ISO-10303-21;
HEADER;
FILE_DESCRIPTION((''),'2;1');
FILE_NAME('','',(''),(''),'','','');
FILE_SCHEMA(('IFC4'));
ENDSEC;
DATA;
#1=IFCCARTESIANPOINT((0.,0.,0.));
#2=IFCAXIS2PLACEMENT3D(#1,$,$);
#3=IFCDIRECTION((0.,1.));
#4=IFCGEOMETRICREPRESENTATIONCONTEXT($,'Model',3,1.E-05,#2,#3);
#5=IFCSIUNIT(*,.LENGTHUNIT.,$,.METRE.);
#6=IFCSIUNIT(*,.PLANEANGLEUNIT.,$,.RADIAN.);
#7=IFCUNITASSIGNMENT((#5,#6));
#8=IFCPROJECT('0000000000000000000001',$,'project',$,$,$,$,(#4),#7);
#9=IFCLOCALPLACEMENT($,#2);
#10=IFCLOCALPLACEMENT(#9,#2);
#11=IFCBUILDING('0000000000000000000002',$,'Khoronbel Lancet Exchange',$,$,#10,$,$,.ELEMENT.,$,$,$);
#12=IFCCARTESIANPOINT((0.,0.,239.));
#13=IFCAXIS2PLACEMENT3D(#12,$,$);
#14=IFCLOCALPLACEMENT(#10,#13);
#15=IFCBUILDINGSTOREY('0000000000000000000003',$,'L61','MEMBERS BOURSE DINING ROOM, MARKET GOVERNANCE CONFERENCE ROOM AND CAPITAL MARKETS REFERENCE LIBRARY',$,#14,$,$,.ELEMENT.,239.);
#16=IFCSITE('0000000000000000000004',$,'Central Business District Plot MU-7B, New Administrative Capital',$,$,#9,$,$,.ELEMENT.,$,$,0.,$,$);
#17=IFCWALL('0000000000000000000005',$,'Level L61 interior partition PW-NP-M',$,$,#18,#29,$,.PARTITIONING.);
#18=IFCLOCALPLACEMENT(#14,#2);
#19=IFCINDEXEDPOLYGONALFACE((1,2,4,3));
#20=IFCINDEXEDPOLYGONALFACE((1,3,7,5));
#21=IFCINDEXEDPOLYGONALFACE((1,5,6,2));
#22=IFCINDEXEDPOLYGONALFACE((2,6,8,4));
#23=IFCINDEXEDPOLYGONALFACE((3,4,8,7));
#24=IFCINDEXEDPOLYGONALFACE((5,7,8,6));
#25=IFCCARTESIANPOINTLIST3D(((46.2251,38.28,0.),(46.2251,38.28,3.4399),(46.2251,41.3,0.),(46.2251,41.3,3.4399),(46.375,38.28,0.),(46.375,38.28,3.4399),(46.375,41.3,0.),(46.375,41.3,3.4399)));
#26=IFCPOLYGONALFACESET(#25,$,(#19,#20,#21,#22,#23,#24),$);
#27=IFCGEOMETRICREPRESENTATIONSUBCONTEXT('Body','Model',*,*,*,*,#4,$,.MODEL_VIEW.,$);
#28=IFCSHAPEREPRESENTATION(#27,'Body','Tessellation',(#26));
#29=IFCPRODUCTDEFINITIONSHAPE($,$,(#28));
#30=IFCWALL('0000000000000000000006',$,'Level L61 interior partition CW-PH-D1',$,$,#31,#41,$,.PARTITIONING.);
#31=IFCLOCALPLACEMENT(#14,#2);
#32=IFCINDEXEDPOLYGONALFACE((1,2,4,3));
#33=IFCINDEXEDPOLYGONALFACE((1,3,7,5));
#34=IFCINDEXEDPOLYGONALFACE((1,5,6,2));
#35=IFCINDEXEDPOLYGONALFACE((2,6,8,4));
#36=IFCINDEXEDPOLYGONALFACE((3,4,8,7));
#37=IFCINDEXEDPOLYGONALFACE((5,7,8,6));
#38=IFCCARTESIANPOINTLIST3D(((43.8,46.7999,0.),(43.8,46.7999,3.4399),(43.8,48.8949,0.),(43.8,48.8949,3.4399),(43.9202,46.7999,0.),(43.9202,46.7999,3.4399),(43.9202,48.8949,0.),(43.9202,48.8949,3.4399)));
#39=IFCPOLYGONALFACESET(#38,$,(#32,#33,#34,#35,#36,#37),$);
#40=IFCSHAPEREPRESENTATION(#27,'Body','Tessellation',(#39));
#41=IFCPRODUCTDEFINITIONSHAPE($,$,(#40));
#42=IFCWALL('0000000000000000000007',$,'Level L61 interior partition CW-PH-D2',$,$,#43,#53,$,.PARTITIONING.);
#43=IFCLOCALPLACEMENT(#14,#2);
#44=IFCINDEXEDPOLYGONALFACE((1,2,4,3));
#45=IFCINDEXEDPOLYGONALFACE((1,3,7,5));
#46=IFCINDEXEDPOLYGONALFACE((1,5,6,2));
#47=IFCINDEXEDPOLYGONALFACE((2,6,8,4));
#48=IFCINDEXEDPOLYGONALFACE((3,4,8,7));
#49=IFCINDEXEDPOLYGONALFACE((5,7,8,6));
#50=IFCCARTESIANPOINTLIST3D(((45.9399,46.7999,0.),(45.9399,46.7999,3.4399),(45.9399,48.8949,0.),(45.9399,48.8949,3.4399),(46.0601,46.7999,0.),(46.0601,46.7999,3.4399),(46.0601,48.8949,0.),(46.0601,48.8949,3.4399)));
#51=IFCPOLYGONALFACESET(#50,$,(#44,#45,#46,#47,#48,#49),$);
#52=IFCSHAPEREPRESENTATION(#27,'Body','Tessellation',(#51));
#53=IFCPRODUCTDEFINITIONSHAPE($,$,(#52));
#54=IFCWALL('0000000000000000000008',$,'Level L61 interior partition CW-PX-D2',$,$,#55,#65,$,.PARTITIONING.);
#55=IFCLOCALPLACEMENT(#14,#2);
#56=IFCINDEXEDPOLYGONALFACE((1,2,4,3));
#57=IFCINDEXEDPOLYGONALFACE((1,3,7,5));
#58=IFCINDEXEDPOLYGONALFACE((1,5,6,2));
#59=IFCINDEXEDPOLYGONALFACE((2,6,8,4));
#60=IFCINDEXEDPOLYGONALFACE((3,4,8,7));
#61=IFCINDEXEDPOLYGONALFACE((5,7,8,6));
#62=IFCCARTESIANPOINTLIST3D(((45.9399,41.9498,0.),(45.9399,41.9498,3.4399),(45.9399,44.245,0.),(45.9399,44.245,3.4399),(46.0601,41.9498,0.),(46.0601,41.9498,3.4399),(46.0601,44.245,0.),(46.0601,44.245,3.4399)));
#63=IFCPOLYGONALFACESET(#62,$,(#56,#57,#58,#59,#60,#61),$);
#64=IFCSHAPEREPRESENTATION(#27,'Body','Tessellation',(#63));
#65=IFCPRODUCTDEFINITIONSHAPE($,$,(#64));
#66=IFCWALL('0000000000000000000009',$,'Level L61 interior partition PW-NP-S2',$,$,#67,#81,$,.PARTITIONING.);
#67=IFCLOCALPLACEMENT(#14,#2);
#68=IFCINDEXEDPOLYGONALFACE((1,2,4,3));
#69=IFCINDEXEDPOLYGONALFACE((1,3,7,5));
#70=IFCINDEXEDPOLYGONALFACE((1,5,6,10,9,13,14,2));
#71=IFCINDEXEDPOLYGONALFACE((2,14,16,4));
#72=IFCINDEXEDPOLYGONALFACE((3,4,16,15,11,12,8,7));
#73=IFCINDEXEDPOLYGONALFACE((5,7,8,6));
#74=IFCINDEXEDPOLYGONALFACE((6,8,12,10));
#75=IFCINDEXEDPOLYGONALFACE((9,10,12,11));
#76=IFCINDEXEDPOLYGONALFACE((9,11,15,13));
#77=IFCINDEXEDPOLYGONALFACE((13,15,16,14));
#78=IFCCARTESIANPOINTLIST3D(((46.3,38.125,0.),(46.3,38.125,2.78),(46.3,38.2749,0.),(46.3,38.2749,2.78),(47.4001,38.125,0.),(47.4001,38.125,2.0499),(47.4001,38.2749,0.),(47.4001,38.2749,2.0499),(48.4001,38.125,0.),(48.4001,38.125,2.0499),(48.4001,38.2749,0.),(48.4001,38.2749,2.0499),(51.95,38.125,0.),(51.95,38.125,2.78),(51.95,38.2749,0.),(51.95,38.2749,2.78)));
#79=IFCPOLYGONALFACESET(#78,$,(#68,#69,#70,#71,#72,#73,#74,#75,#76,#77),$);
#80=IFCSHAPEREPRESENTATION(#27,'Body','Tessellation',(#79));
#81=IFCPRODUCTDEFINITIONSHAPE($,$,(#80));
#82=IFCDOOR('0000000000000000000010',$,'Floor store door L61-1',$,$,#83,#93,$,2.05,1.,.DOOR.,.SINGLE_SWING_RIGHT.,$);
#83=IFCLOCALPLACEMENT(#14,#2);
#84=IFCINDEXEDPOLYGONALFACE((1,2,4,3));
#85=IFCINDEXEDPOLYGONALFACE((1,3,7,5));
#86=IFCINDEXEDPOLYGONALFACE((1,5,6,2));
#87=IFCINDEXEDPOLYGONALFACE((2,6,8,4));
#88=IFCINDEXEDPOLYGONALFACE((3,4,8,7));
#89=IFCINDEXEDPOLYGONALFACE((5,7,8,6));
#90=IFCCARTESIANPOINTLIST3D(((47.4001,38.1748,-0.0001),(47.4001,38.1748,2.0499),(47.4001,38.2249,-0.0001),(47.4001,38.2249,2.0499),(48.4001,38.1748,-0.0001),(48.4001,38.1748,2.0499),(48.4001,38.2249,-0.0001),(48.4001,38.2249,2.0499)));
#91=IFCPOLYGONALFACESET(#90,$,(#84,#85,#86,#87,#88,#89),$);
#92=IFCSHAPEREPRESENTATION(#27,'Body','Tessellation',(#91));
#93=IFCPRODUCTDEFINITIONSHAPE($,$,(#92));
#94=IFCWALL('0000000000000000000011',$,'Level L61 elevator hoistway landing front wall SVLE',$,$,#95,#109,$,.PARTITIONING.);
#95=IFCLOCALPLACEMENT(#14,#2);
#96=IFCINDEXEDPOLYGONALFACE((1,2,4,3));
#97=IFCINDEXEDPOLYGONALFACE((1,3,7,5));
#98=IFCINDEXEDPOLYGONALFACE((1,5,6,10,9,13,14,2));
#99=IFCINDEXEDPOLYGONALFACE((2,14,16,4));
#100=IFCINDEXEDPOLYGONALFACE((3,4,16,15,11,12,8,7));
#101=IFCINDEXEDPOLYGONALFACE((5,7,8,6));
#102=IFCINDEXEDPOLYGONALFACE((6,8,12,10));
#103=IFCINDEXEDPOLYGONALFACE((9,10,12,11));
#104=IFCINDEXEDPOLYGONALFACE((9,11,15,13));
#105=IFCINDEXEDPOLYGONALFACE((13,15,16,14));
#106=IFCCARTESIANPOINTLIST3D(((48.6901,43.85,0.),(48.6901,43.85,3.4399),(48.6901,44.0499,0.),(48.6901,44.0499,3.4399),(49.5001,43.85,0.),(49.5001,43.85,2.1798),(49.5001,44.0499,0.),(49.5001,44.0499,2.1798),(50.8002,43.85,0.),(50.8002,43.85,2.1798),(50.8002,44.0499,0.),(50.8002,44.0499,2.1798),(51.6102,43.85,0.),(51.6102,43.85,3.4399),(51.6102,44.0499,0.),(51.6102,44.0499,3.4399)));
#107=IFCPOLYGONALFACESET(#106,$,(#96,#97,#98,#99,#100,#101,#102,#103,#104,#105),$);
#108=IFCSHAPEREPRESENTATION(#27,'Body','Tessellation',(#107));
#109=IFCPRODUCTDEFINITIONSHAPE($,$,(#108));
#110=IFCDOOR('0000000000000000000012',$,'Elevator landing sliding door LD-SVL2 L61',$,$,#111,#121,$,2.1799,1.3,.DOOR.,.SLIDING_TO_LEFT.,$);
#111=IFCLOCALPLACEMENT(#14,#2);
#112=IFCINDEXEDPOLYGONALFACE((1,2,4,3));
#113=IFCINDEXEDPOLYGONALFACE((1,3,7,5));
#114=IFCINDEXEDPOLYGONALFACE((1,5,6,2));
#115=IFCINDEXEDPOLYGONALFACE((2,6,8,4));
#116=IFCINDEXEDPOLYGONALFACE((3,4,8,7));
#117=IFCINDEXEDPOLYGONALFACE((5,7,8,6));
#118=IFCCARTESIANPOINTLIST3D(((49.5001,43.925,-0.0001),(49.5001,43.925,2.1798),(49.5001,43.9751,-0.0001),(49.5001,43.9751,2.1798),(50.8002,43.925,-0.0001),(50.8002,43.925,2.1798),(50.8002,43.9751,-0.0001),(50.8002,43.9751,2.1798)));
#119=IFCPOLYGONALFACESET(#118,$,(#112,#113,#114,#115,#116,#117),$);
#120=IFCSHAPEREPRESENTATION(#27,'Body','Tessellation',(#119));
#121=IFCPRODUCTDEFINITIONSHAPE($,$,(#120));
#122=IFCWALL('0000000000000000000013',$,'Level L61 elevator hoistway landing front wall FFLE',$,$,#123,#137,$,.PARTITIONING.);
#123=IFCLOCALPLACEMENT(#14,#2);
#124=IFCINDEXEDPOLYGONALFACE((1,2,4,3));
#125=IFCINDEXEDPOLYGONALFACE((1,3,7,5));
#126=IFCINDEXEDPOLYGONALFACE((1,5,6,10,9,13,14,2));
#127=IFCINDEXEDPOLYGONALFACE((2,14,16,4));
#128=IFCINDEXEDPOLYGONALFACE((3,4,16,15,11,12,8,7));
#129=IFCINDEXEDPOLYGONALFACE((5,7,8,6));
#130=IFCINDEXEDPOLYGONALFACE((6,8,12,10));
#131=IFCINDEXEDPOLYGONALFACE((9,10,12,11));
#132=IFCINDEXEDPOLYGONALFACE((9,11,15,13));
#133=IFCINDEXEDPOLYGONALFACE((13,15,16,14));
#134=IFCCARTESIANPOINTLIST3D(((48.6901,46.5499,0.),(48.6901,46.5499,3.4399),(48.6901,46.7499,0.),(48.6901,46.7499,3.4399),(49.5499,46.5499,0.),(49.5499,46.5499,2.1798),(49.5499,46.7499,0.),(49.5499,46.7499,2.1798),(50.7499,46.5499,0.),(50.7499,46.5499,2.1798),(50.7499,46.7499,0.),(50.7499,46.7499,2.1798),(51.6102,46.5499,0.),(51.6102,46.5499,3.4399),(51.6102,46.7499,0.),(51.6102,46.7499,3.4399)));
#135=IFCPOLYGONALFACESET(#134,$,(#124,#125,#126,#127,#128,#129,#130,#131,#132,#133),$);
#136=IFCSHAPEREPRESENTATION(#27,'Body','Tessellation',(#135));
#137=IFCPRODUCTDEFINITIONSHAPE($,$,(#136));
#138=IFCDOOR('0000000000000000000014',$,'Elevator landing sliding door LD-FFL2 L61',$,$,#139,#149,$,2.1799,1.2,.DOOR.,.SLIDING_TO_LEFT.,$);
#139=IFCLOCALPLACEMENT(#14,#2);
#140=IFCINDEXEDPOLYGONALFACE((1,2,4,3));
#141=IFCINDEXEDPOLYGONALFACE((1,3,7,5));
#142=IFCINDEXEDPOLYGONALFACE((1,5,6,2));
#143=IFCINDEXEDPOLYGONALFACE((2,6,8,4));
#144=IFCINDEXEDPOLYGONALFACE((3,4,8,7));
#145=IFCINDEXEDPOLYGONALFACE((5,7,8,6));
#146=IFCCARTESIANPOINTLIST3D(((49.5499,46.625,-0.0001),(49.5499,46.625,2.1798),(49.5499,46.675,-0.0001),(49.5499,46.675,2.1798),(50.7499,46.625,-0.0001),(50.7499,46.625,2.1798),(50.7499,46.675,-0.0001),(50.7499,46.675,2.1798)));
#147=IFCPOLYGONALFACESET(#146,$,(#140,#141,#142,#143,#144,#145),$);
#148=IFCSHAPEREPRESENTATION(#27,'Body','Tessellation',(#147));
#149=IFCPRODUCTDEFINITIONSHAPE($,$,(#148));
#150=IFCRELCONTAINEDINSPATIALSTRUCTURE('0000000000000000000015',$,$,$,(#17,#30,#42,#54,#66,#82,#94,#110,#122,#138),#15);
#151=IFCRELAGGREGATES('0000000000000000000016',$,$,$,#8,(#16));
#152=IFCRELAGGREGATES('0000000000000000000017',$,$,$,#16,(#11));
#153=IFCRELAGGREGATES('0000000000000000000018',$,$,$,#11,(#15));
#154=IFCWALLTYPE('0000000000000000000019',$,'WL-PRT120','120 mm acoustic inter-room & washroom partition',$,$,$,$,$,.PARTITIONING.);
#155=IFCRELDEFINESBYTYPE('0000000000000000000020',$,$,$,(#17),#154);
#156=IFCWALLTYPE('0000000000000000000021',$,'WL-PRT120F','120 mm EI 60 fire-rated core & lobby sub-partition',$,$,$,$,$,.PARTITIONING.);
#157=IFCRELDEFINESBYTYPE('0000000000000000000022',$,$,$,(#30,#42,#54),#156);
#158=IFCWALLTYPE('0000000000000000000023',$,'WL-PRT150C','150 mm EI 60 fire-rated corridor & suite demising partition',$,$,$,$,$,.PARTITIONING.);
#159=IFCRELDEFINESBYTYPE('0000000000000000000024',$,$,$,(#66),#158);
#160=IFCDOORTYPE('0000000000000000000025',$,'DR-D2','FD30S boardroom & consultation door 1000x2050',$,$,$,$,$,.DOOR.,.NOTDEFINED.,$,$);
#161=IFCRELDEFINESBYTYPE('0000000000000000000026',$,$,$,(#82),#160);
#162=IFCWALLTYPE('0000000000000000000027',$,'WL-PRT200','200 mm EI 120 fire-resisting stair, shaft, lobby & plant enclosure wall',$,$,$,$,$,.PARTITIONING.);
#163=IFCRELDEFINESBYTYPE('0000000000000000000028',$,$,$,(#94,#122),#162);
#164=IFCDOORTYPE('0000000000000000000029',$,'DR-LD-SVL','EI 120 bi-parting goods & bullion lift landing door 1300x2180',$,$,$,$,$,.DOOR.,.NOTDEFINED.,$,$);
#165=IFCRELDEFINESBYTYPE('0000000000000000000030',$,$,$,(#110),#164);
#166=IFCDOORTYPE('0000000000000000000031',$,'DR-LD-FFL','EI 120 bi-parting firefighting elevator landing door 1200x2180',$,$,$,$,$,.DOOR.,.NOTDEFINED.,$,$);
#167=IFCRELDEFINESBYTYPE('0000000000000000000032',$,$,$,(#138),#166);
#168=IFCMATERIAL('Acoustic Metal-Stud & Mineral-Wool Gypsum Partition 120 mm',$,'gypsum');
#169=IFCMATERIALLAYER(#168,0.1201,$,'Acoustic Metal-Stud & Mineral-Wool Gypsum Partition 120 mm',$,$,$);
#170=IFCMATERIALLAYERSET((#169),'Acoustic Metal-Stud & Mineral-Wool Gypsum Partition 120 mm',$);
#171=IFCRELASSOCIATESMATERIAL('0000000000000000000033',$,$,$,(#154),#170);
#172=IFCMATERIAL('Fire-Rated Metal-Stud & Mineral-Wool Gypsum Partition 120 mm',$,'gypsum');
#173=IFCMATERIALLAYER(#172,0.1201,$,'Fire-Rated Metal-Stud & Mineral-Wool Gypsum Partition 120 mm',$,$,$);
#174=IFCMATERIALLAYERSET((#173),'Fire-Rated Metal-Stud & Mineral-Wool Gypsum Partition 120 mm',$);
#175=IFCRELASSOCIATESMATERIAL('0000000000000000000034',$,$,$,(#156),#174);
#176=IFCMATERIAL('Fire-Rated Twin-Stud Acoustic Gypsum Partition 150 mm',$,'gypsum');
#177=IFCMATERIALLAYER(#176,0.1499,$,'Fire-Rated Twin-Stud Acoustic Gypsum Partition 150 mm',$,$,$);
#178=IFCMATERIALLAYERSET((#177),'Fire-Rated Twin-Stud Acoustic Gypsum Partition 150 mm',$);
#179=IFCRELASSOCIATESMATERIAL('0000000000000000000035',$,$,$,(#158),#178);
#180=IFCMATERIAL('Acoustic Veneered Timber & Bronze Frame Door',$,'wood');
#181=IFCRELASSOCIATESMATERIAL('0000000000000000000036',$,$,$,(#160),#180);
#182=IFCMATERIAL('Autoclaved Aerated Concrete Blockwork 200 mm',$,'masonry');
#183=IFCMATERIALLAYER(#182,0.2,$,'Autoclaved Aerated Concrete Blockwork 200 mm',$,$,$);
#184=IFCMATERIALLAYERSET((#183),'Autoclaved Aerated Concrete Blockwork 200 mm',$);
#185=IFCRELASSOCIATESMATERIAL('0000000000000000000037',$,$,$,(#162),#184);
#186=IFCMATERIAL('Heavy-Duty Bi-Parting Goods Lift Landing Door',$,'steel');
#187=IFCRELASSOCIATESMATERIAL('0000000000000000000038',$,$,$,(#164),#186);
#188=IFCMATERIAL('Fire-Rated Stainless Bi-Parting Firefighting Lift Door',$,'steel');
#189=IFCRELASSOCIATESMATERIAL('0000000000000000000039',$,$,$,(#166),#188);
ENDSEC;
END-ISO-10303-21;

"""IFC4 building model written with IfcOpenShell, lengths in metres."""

from ifc_helpers import new_model, si_unit, direction, frame, frame_2d, origin, place, context, subcontext, project, spatial, rectangle, extrude, material, layer, layer_set, type_object, element, fill, save


model = new_model("IFC4")

# Units and contexts
model_context = context("Model", 3, precision=1e-05, world=origin(), true_north=direction((0.0, 1.0)))
body_context = subcontext(model_context, "Body", "Model", "MODEL_VIEW")
ifc_project = project(units=[si_unit("LENGTHUNIT", "METRE"), si_unit("PLANEANGLEUNIT", "RADIAN")], contexts=[model_context])

# Site, building, storey
site_placement = place(None, origin())
site = spatial("IfcSite", under=ifc_project, at=site_placement, Name="Central Business District Plot MU-7B, New Administrative Capital", CompositionType="ELEMENT", RefElevation=0.0)
building_placement = place(site_placement, origin())
building = spatial("IfcBuilding", under=site, at=building_placement, Name="Khoronbel Lancet Exchange", CompositionType="ELEMENT")
storey_placement = place(building_placement, frame((0.0, 0.0, 239.0)))
storey = spatial("IfcBuildingStorey", under=building, at=storey_placement, Name="L61", Description="MEMBERS BOURSE DINING ROOM, MARKET GOVERNANCE CONFERENCE ROOM AND CAPITAL MARKETS REFERENCE LIBRARY", CompositionType="ELEMENT", Elevation=239.0)

# Walls
ifc_material_1 = material(Name="Acoustic Metal-Stud & Mineral-Wool Gypsum Partition 120 mm", Category="gypsum")
ifc_layer_1 = layer(ifc_material_1, 0.1201, Name="Acoustic Metal-Stud & Mineral-Wool Gypsum Partition 120 mm")
ifc_layer_set_1 = layer_set([ifc_layer_1], Name="Acoustic Metal-Stud & Mineral-Wool Gypsum Partition 120 mm")
wall_type_1 = type_object("IfcWallType", Name="WL-PRT120", Description="120 mm acoustic inter-room & washroom partition", PredefinedType="PARTITIONING", material=ifc_layer_set_1)
wall_1_placement = place(storey_placement, frame((46.3, 38.28, 0.0), z_axis=(0.0, 0.0, 1.0), x_axis=(0.0, 1.0, 0.0)))
element("IfcWall", 1, at=wall_1_placement, inside=storey, type_object=wall_type_1, Name="Level L61 interior partition PW-NP-M", PredefinedType="PARTITIONING", context=body_context, shape_type="SweptSolid", body=[
    extrude(rectangle(XDim=3.02, YDim=0.1499, at=frame_2d((1.51, 0.0))), origin(), (0.0, 0.0, 1.0), 3.4399),
])
ifc_material_2 = material(Name="Fire-Rated Metal-Stud & Mineral-Wool Gypsum Partition 120 mm", Category="gypsum")
ifc_layer_2 = layer(ifc_material_2, 0.1201, Name="Fire-Rated Metal-Stud & Mineral-Wool Gypsum Partition 120 mm")
ifc_layer_set_2 = layer_set([ifc_layer_2], Name="Fire-Rated Metal-Stud & Mineral-Wool Gypsum Partition 120 mm")
wall_type_2 = type_object("IfcWallType", Name="WL-PRT120F", Description="120 mm EI 60 fire-rated core & lobby sub-partition", PredefinedType="PARTITIONING", material=ifc_layer_set_2)
for number, where, z_axis, x_axis, name in (
    (2, (43.8601, 46.8, 0.0), (0.0, 0.0, 1.0), (0.0, 1.0, 0.0), "Level L61 interior partition CW-PH-D1"),
    (3, (46.0, 46.8, 0.0), (0.0, 0.0, 1.0), (0.0, 1.0, 0.0), "Level L61 interior partition CW-PH-D2"),
):
    element("IfcWall", number, at=place(storey_placement, frame(where, z_axis=z_axis, x_axis=x_axis)), inside=storey, type_object=wall_type_2, Name=name, PredefinedType="PARTITIONING", context=body_context, shape_type="SweptSolid", body=[
        extrude(rectangle(XDim=2.095, YDim=0.1201, at=frame_2d((1.0474, 0.0))), origin(), (0.0, 0.0, 1.0), 3.4399),
    ])
wall_2_placement = place(storey_placement, frame((46.0, 41.95, 0.0), z_axis=(0.0, 0.0, 1.0), x_axis=(0.0, 1.0, 0.0)))
element("IfcWall", 4, at=wall_2_placement, inside=storey, type_object=wall_type_2, Name="Level L61 interior partition CW-PX-D2", PredefinedType="PARTITIONING", context=body_context, shape_type="SweptSolid", body=[
    extrude(rectangle(XDim=2.2952, YDim=0.1201, at=frame_2d((1.1475, 0.0))), origin(), (0.0, 0.0, 1.0), 3.4399),
])

# Walls, openings, doors
ifc_material_3 = material(Name="Fire-Rated Twin-Stud Acoustic Gypsum Partition 150 mm", Category="gypsum")
ifc_layer_3 = layer(ifc_material_3, 0.1499, Name="Fire-Rated Twin-Stud Acoustic Gypsum Partition 150 mm")
ifc_layer_set_3 = layer_set([ifc_layer_3], Name="Fire-Rated Twin-Stud Acoustic Gypsum Partition 150 mm")
wall_type_3 = type_object("IfcWallType", Name="WL-PRT150C", Description="150 mm EI 60 fire-rated corridor & suite demising partition", PredefinedType="PARTITIONING", material=ifc_layer_set_3)
wall_3_placement = place(storey_placement, frame((46.3, 38.2, 0.0), z_axis=(0.0, 0.0, 1.0), x_axis=(1.0, 0.0, 0.0)))
wall_3 = element("IfcWall", 5, at=wall_3_placement, inside=storey, type_object=wall_type_3, Name="Level L61 interior partition PW-NP-S2", PredefinedType="PARTITIONING", context=body_context, shape_type="SweptSolid", body=[
    extrude(rectangle(XDim=5.6499, YDim=0.1499, at=frame_2d((2.825, 0.0))), origin(), (0.0, 0.0, 1.0), 2.78),
])
opening_1_placement = place(wall_3_placement, frame((1.1001, 0.0, 0.0)))
opening_1 = element("IfcOpeningElement", 6, at=opening_1_placement, cuts=wall_3, PredefinedType="OPENING", context=body_context, shape_type="SweptSolid", body=[
    extrude(rectangle(XDim=1.0, YDim=2.05, at=frame_2d((0.5, 1.0249))), frame((0.0, 0.085, 0.0), z_axis=(0.0, -1.0, 0.0), x_axis=(1.0, 0.0, 0.0)), (0.0, 0.0, 1.0), 0.1699),
])
ifc_material_4 = material(Name="Acoustic Veneered Timber & Bronze Frame Door", Category="wood")
door_type_1 = type_object("IfcDoorType", Name="DR-D2", Description="FD30S boardroom & consultation door 1000x2050", OperationType="NOTDEFINED", PredefinedType="DOOR", material=ifc_material_4)
door_1_placement = place(opening_1_placement, origin())
door_1 = element("IfcDoor", 7, at=door_1_placement, inside=storey, type_object=door_type_1, Name="Floor store door L61-1", OperationType="SINGLE_SWING_RIGHT", OverallHeight=2.05, OverallWidth=1.0, PredefinedType="DOOR", context=body_context, shape_type="SweptSolid", body=[
    extrude(rectangle(XDim=1.0, YDim=2.05, at=frame_2d((0.5, 1.0249))), frame((0.0, 0.0249, 0.0), z_axis=(0.0, -1.0, 0.0), x_axis=(1.0, 0.0, 0.0)), (0.0, 0.0, 1.0), 0.05),
])
fill(opening_1, door_1)
ifc_material_5 = material(Name="Autoclaved Aerated Concrete Blockwork 200 mm", Category="masonry")
ifc_layer_4 = layer(ifc_material_5, 0.2, Name="Autoclaved Aerated Concrete Blockwork 200 mm")
ifc_layer_set_4 = layer_set([ifc_layer_4], Name="Autoclaved Aerated Concrete Blockwork 200 mm")
wall_type_4 = type_object("IfcWallType", Name="WL-PRT200", Description="200 mm EI 120 fire-resisting stair, shaft, lobby & plant enclosure wall", PredefinedType="PARTITIONING", material=ifc_layer_set_4)
wall_4_placement = place(storey_placement, frame((51.6101, 43.95, 0.0), z_axis=(0.0, 0.0, 1.0), x_axis=(-1.0, 0.0, 0.0)))
wall_4 = element("IfcWall", 8, at=wall_4_placement, inside=storey, type_object=wall_type_4, Name="Level L61 elevator hoistway landing front wall SVLE", PredefinedType="PARTITIONING", context=body_context, shape_type="SweptSolid", body=[
    extrude(rectangle(XDim=2.9202, YDim=0.2, at=frame_2d((1.46, 0.0))), origin(), (0.0, 0.0, 1.0), 3.4399),
])
opening_2_placement = place(wall_4_placement, frame((0.8101, 0.0, 0.0)))
opening_2 = element("IfcOpeningElement", 9, at=opening_2_placement, cuts=wall_4, PredefinedType="OPENING", context=body_context, shape_type="SweptSolid", body=[
    extrude(rectangle(XDim=1.3, YDim=2.1799, at=frame_2d((0.6499, 1.0898))), frame((0.0, 0.1099, 0.0), z_axis=(0.0, -1.0, 0.0), x_axis=(1.0, 0.0, 0.0)), (0.0, 0.0, 1.0), 0.22),
])
ifc_material_6 = material(Name="Heavy-Duty Bi-Parting Goods Lift Landing Door", Category="steel")
door_type_2 = type_object("IfcDoorType", Name="DR-LD-SVL", Description="EI 120 bi-parting goods & bullion lift landing door 1300x2180", OperationType="NOTDEFINED", PredefinedType="DOOR", material=ifc_material_6)
door_2_placement = place(opening_2_placement, origin())
door_2 = element("IfcDoor", 10, at=door_2_placement, inside=storey, type_object=door_type_2, Name="Elevator landing sliding door LD-SVL2 L61", OperationType="SLIDING_TO_LEFT", OverallHeight=2.1799, OverallWidth=1.3, PredefinedType="DOOR", context=body_context, shape_type="SweptSolid", body=[
    extrude(rectangle(XDim=1.3, YDim=2.1799, at=frame_2d((0.6499, 1.0898))), frame((0.0, 0.0249, 0.0), z_axis=(0.0, -1.0, 0.0), x_axis=(1.0, 0.0, 0.0)), (0.0, 0.0, 1.0), 0.05),
])
fill(opening_2, door_2)
wall_5_placement = place(storey_placement, frame((51.6101, 46.6499, 0.0), z_axis=(0.0, 0.0, 1.0), x_axis=(-1.0, 0.0, 0.0)))
wall_5 = element("IfcWall", 11, at=wall_5_placement, inside=storey, type_object=wall_type_4, Name="Level L61 elevator hoistway landing front wall FFLE", PredefinedType="PARTITIONING", context=body_context, shape_type="SweptSolid", body=[
    extrude(rectangle(XDim=2.9202, YDim=0.2, at=frame_2d((1.46, 0.0))), origin(), (0.0, 0.0, 1.0), 3.4399),
])
opening_3_placement = place(wall_5_placement, frame((0.8601, 0.0, 0.0)))
opening_3 = element("IfcOpeningElement", 12, at=opening_3_placement, cuts=wall_5, PredefinedType="OPENING", context=body_context, shape_type="SweptSolid", body=[
    extrude(rectangle(XDim=1.2, YDim=2.1799, at=frame_2d((0.6001, 1.0898))), frame((0.0, 0.1099, 0.0), z_axis=(0.0, -1.0, 0.0), x_axis=(1.0, 0.0, 0.0)), (0.0, 0.0, 1.0), 0.22),
])
ifc_material_7 = material(Name="Fire-Rated Stainless Bi-Parting Firefighting Lift Door", Category="steel")
door_type_3 = type_object("IfcDoorType", Name="DR-LD-FFL", Description="EI 120 bi-parting firefighting elevator landing door 1200x2180", OperationType="NOTDEFINED", PredefinedType="DOOR", material=ifc_material_7)
door_3_placement = place(opening_3_placement, origin())
door_3 = element("IfcDoor", 13, at=door_3_placement, inside=storey, type_object=door_type_3, Name="Elevator landing sliding door LD-FFL2 L61", OperationType="SLIDING_TO_LEFT", OverallHeight=2.1799, OverallWidth=1.2, PredefinedType="DOOR", context=body_context, shape_type="SweptSolid", body=[
    extrude(rectangle(XDim=1.2, YDim=2.1799, at=frame_2d((0.6001, 1.0898))), frame((0.0, 0.0249, 0.0), z_axis=(0.0, -1.0, 0.0), x_axis=(1.0, 0.0, 0.0)), (0.0, 0.0, 1.0), 0.05),
])
fill(opening_3, door_3)

save(model, "model.ifc")
